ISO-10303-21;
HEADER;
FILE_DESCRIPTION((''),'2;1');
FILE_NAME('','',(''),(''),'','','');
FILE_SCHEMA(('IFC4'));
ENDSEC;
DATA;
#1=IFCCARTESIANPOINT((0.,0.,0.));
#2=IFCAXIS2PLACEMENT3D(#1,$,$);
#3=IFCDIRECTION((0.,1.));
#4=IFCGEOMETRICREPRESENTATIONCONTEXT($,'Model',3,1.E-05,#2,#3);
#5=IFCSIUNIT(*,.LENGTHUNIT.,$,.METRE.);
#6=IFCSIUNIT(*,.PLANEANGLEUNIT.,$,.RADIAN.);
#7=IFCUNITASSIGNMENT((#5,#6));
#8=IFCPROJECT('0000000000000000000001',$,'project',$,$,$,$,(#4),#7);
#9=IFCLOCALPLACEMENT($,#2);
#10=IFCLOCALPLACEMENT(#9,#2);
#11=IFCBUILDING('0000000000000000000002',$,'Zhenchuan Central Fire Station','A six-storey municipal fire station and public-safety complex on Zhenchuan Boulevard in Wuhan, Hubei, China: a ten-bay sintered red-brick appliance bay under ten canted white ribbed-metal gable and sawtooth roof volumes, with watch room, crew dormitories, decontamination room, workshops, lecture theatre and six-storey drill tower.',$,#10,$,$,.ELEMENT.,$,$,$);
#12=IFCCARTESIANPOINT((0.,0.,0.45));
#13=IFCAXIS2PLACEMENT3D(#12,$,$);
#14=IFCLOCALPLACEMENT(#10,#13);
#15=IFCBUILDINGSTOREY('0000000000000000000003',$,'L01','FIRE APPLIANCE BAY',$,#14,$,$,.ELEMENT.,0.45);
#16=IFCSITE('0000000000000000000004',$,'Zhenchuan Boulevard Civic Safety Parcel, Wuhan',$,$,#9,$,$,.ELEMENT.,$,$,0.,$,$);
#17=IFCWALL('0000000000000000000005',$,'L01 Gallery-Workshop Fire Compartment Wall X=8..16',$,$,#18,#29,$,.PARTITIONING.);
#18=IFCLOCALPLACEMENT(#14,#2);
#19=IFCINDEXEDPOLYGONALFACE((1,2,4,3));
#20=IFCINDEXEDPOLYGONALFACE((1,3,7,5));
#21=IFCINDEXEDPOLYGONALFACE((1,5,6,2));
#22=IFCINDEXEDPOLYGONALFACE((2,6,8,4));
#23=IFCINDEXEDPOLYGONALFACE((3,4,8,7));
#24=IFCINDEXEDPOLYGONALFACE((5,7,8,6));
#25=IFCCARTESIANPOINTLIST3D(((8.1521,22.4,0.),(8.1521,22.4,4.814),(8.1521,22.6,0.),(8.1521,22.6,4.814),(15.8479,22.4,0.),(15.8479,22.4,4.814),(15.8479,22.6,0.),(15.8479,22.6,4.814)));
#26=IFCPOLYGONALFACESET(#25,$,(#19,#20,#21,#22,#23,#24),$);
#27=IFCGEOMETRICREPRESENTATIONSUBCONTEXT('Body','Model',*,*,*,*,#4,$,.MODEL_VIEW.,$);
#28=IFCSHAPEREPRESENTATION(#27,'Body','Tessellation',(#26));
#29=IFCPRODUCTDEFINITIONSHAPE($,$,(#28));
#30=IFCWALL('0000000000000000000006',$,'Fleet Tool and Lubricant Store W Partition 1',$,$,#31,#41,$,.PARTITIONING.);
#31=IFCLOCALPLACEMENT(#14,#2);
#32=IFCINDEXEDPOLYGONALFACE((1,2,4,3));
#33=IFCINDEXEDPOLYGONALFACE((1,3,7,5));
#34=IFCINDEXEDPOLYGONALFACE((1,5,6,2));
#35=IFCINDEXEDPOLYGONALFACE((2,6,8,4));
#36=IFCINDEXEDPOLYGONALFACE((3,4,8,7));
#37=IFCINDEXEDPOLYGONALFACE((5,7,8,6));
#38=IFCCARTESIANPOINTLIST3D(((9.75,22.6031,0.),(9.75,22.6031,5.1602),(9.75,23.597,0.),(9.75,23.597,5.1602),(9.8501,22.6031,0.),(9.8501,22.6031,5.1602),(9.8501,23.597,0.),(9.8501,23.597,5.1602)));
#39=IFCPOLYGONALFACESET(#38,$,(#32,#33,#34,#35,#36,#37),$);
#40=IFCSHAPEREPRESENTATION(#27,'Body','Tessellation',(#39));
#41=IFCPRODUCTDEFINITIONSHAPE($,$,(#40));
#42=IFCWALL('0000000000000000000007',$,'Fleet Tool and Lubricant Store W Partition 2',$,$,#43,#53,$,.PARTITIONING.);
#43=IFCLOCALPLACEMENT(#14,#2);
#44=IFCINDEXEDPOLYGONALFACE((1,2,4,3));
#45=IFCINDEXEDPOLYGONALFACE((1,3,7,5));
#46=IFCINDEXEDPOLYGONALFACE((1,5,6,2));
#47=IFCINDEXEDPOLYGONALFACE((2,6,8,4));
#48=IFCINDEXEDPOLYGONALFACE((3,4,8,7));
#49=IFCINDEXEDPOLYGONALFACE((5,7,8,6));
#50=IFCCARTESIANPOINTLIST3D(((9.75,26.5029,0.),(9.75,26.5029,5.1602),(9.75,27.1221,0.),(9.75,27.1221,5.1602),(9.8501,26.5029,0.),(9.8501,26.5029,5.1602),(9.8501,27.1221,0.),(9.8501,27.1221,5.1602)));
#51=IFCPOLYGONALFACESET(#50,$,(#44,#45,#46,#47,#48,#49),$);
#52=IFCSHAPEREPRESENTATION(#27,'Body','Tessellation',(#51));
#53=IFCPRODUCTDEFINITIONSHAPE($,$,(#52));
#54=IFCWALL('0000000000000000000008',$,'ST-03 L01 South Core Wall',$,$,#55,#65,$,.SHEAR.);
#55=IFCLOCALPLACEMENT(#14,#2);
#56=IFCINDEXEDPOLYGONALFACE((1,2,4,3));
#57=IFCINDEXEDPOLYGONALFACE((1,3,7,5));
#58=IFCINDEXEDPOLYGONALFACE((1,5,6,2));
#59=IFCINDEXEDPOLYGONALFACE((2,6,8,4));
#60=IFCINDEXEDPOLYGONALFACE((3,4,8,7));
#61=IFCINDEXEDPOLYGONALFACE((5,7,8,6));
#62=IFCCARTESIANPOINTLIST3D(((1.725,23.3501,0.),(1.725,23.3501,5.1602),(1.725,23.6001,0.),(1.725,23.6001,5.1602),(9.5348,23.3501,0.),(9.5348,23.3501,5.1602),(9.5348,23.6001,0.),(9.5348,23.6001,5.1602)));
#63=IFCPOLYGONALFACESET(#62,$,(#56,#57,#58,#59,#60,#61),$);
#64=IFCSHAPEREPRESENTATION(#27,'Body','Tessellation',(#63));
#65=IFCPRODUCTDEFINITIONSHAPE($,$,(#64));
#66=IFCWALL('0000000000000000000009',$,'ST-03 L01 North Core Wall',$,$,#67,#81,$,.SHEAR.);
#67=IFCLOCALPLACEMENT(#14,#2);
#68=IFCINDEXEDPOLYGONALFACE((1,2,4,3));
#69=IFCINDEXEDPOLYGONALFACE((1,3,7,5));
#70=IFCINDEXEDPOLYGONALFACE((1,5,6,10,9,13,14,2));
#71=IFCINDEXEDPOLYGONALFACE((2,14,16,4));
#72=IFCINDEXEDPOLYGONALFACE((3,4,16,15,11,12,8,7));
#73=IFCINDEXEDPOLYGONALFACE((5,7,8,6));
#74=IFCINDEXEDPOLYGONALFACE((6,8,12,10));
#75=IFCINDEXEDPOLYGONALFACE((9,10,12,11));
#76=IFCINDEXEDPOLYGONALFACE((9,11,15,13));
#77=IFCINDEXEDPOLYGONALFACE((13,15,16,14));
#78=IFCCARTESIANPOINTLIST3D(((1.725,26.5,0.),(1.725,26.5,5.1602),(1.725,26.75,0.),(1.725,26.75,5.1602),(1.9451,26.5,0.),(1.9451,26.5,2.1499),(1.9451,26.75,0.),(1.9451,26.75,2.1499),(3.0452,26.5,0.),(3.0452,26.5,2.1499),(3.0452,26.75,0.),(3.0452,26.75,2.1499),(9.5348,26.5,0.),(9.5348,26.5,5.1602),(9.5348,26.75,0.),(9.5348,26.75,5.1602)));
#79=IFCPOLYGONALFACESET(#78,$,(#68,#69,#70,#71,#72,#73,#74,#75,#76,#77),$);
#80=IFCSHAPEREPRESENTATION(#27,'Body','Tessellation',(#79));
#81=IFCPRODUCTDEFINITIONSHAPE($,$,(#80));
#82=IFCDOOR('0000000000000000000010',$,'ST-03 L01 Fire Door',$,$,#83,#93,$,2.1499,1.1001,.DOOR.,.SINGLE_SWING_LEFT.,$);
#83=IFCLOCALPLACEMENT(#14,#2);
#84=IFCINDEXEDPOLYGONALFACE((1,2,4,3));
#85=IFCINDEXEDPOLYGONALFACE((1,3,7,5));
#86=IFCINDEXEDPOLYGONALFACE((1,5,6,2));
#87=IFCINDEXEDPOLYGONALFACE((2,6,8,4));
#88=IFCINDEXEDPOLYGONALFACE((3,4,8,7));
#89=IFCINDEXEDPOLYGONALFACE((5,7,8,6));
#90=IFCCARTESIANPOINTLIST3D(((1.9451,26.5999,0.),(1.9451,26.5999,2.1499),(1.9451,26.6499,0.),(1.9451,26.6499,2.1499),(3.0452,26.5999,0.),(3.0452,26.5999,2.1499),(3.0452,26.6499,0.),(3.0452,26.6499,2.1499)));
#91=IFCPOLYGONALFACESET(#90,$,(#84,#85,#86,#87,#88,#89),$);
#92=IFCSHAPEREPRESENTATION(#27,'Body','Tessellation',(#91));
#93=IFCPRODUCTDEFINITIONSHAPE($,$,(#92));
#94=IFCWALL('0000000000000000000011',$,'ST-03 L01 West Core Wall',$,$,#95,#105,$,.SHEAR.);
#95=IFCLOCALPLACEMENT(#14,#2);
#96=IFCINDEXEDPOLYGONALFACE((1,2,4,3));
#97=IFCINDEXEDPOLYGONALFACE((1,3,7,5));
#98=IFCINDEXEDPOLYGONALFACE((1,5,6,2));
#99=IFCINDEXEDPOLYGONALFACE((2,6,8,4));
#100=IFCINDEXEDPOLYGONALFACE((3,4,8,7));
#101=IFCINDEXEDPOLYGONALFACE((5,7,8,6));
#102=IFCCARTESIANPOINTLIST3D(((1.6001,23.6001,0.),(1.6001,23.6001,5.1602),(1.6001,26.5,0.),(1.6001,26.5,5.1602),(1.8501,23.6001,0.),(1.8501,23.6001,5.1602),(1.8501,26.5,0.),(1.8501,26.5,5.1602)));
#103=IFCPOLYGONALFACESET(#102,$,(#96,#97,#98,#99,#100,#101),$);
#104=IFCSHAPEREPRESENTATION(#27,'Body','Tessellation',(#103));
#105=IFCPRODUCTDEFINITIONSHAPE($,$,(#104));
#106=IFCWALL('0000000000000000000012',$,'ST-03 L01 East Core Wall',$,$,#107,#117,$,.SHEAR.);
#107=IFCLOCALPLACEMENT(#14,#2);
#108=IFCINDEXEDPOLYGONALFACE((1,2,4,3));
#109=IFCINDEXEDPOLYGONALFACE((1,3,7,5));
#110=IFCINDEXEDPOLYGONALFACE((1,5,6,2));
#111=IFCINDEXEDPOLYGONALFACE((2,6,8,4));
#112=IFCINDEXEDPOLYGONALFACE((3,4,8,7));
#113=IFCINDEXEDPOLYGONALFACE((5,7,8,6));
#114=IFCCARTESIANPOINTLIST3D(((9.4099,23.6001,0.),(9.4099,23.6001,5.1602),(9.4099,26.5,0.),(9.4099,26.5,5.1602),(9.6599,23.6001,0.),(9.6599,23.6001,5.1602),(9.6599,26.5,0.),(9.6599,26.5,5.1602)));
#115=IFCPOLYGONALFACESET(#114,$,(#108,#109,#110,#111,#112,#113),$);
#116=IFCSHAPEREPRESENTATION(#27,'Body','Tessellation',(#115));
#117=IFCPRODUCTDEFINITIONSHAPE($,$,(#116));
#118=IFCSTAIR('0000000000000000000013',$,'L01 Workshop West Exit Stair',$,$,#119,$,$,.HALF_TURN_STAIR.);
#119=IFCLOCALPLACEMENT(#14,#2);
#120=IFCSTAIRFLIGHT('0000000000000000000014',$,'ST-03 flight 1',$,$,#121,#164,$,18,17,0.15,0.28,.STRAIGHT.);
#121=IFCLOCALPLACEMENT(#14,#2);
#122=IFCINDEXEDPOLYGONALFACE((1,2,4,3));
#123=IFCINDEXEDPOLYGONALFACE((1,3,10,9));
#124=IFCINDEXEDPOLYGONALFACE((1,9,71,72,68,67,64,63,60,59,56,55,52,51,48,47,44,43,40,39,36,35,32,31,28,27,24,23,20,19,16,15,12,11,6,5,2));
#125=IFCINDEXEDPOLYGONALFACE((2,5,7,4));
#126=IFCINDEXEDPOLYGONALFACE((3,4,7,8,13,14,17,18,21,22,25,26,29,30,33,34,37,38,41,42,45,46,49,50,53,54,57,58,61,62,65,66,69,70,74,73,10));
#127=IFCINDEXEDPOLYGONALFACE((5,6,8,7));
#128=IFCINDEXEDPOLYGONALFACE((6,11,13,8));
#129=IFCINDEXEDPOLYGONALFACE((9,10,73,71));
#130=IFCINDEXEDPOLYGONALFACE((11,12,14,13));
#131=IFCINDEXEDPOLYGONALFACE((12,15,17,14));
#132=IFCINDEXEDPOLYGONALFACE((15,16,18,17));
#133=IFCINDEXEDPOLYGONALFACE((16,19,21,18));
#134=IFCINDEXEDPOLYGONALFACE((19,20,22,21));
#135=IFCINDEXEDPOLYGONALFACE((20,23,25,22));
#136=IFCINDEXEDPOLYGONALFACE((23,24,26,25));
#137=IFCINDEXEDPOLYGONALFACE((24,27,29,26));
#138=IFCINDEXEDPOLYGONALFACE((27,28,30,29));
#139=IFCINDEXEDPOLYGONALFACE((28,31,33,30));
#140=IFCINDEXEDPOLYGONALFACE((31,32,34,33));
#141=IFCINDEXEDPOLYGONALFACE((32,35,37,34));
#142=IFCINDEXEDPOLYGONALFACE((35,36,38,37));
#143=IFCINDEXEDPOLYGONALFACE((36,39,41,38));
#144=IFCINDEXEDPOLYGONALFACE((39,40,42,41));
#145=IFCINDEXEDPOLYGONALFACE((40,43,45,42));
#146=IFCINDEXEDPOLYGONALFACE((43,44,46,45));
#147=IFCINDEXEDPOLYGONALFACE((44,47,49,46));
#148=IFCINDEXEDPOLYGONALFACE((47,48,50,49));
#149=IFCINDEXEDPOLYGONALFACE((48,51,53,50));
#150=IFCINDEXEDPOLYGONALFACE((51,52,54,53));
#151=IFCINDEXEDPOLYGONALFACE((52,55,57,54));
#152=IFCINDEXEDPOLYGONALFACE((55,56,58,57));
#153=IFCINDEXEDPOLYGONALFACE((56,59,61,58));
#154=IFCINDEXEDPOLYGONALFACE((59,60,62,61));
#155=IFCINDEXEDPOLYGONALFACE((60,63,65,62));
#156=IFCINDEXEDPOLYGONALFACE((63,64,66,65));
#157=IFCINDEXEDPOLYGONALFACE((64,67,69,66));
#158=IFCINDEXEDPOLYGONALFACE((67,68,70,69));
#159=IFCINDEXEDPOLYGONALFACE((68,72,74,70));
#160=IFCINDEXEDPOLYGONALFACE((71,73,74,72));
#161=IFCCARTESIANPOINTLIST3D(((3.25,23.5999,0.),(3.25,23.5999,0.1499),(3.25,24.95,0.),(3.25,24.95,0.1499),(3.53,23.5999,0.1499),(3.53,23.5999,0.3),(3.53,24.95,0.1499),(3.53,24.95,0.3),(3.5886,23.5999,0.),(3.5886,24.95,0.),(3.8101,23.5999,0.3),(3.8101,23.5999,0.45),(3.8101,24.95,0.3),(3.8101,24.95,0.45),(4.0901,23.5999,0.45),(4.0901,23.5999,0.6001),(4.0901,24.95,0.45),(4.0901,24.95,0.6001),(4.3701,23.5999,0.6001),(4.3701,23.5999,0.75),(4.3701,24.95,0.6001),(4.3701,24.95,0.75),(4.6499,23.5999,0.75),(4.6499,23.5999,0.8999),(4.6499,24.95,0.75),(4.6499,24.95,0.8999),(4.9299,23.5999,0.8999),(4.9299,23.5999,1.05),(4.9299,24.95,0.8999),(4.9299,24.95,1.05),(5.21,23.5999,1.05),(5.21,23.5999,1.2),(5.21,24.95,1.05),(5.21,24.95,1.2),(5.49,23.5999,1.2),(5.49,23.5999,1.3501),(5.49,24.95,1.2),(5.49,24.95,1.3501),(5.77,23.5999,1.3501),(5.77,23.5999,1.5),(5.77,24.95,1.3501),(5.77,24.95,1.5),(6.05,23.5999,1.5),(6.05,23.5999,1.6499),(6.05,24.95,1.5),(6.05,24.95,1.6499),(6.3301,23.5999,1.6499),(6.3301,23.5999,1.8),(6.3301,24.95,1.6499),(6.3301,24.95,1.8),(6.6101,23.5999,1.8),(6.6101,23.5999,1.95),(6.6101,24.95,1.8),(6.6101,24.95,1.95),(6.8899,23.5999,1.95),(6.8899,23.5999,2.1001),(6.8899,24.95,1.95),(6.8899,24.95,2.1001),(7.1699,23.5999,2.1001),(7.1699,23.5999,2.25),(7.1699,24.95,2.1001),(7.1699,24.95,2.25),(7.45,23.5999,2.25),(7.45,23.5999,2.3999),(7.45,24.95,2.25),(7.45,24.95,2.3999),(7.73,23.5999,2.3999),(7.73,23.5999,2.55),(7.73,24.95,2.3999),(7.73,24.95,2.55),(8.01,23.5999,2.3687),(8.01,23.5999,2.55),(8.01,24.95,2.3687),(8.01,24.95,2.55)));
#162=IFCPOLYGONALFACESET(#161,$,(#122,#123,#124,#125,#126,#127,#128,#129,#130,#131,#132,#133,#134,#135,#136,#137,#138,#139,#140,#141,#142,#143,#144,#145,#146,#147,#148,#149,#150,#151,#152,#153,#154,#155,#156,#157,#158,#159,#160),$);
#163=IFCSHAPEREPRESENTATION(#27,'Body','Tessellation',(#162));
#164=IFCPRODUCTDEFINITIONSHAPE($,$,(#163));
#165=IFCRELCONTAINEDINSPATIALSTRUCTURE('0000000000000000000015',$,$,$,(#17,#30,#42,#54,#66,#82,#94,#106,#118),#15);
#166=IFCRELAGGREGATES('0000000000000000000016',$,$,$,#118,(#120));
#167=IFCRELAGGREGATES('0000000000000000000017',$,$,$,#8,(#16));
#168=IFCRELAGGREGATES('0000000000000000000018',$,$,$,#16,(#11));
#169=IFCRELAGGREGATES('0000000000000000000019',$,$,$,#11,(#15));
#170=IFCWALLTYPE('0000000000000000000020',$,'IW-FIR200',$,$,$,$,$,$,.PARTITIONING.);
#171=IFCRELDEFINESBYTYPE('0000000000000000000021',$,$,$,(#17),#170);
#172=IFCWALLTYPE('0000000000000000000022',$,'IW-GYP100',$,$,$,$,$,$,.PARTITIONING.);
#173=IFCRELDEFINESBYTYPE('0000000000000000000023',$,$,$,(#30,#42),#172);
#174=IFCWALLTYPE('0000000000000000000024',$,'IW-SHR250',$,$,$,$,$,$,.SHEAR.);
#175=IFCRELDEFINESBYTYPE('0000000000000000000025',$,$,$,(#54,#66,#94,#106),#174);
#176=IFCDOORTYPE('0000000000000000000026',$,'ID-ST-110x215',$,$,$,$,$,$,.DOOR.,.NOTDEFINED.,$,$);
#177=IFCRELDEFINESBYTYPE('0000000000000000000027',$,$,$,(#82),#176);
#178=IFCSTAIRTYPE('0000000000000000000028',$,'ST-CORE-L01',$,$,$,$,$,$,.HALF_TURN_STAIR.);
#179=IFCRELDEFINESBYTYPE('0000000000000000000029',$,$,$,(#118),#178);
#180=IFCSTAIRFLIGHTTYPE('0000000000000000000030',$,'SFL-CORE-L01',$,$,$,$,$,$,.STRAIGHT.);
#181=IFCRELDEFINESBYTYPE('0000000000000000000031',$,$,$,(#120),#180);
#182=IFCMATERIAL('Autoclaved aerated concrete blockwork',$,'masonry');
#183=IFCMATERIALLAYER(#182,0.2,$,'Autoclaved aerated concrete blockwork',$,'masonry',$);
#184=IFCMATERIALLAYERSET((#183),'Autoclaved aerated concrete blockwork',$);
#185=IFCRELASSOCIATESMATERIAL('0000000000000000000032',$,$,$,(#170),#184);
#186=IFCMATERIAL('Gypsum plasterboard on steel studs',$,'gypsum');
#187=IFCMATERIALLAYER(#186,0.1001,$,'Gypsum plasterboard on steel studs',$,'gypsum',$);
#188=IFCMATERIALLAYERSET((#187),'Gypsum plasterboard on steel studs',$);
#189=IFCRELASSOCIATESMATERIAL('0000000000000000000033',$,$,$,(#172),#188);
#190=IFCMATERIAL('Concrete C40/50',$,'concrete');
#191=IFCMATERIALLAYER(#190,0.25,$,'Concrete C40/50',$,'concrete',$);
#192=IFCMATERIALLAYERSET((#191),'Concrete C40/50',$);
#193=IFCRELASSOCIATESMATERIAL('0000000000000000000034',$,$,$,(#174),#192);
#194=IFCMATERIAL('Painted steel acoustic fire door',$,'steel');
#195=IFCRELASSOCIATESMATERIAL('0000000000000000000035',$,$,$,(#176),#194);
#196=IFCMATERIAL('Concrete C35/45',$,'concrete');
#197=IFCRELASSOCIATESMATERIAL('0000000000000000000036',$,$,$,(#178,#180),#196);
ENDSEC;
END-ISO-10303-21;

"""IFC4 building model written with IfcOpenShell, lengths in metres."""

from ifc_helpers import new_model, si_unit, direction, frame, frame_2d, origin, place, context, subcontext, project, spatial, polyline, rectangle, outline, extrude, material, layer, layer_set, type_object, element, fill, aggregate, save


model = new_model("IFC4")

# Units and contexts
model_context = context("Model", 3, precision=1e-05, world=origin(), true_north=direction((0.0, 1.0)))
body_context = subcontext(model_context, "Body", "Model", "MODEL_VIEW")
ifc_project = project(units=[si_unit("LENGTHUNIT", "METRE"), si_unit("PLANEANGLEUNIT", "RADIAN")], contexts=[model_context])

# Site, building, storey
site_placement = place(None, origin())
site = spatial("IfcSite", under=ifc_project, at=site_placement, Name="Zhenchuan Boulevard Civic Safety Parcel, Wuhan", CompositionType="ELEMENT", RefElevation=0.0)
building_placement = place(site_placement, origin())
building = spatial("IfcBuilding", under=site, at=building_placement, Name="Zhenchuan Central Fire Station", Description="A six-storey municipal fire station and public-safety complex on Zhenchuan Boulevard in Wuhan, Hubei, China: a ten-bay sintered red-brick appliance bay under ten canted white ribbed-metal gable and sawtooth roof volumes, with watch room, crew dormitories, decontamination room, workshops, lecture theatre and six-storey drill tower.", CompositionType="ELEMENT")
storey_placement = place(building_placement, frame((0.0, 0.0, 0.45)))
storey = spatial("IfcBuildingStorey", under=building, at=storey_placement, Name="L01", Description="FIRE APPLIANCE BAY", CompositionType="ELEMENT", Elevation=0.45)

# Shared definitions
ifc_material_1 = material(Name="Concrete C40/50", Category="concrete")

# Shared definitions
ifc_material_2 = material(Name="Concrete C35/45", Category="concrete")

# Walls
ifc_material_3 = material(Name="Autoclaved aerated concrete blockwork", Category="masonry")
ifc_layer_1 = layer(ifc_material_3, 0.2, Name="Autoclaved aerated concrete blockwork", Category="masonry")
ifc_layer_set_1 = layer_set([ifc_layer_1], Name="Autoclaved aerated concrete blockwork")
wall_type_1 = type_object("IfcWallType", Name="IW-FIR200", PredefinedType="PARTITIONING", material=ifc_layer_set_1)
wall_1_placement = place(storey_placement, frame((8.1521, 22.5, 0.0), z_axis=(0.0, 0.0, 1.0), x_axis=(1.0, 0.0, 0.0)))
element("IfcWall", 1, at=wall_1_placement, inside=storey, type_object=wall_type_1, Name="L01 Gallery-Workshop Fire Compartment Wall X=8..16", PredefinedType="PARTITIONING", context=body_context, shape_type="SweptSolid", body=[
    extrude(rectangle(XDim=7.6958, YDim=0.2, at=frame_2d((3.8479, 0.0))), origin(), (0.0, 0.0, 1.0), 4.814),
])
ifc_material_4 = material(Name="Gypsum plasterboard on steel studs", Category="gypsum")
ifc_layer_2 = layer(ifc_material_4, 0.1001, Name="Gypsum plasterboard on steel studs", Category="gypsum")
ifc_layer_set_2 = layer_set([ifc_layer_2], Name="Gypsum plasterboard on steel studs")
wall_type_2 = type_object("IfcWallType", Name="IW-GYP100", PredefinedType="PARTITIONING", material=ifc_layer_set_2)
wall_2_placement = place(storey_placement, frame((9.8, 22.603, 0.0), z_axis=(0.0, 0.0, 1.0), x_axis=(0.0, 1.0, 0.0)))
element("IfcWall", 2, at=wall_2_placement, inside=storey, type_object=wall_type_2, Name="Fleet Tool and Lubricant Store W Partition 1", PredefinedType="PARTITIONING", context=body_context, shape_type="SweptSolid", body=[
    extrude(rectangle(XDim=0.9939, YDim=0.1001, at=frame_2d((0.4971, 0.0))), origin(), (0.0, 0.0, 1.0), 5.1602),
])
wall_3_placement = place(storey_placement, frame((9.8, 26.5029, 0.0), z_axis=(0.0, 0.0, 1.0), x_axis=(0.0, 1.0, 0.0)))
element("IfcWall", 3, at=wall_3_placement, inside=storey, type_object=wall_type_2, Name="Fleet Tool and Lubricant Store W Partition 2", PredefinedType="PARTITIONING", context=body_context, shape_type="SweptSolid", body=[
    extrude(rectangle(XDim=0.6191, YDim=0.1001, at=frame_2d((0.3096, 0.0))), origin(), (0.0, 0.0, 1.0), 5.1602),
])
ifc_layer_3 = layer(ifc_material_1, 0.25, Name="Concrete C40/50", Category="concrete")
ifc_layer_set_3 = layer_set([ifc_layer_3], Name="Concrete C40/50")
wall_type_3 = type_object("IfcWallType", Name="IW-SHR250", PredefinedType="SHEAR", material=ifc_layer_set_3)
wall_4_placement = place(storey_placement, frame((1.7251, 23.4751, 0.0), z_axis=(0.0, 0.0, 1.0), x_axis=(1.0, 0.0, 0.0)))
element("IfcWall", 4, at=wall_4_placement, inside=storey, type_object=wall_type_3, Name="ST-03 L01 South Core Wall", PredefinedType="SHEAR", context=body_context, shape_type="SweptSolid", body=[
    extrude(rectangle(XDim=7.8098, YDim=0.25, at=frame_2d((3.9048, 0.0))), origin(), (0.0, 0.0, 1.0), 5.1602),
])

# Wall, opening, door
wall_5_placement = place(storey_placement, frame((1.7251, 26.625, 0.0), z_axis=(0.0, 0.0, 1.0), x_axis=(1.0, 0.0, 0.0)))
wall_5 = element("IfcWall", 5, at=wall_5_placement, inside=storey, type_object=wall_type_3, Name="ST-03 L01 North Core Wall", PredefinedType="SHEAR", context=body_context, shape_type="SweptSolid", body=[
    extrude(rectangle(XDim=7.8098, YDim=0.25, at=frame_2d((3.9048, 0.0))), origin(), (0.0, 0.0, 1.0), 5.1602),
])
opening_1_placement = place(wall_5_placement, frame((0.22, 0.0, 0.0)))
opening_1 = element("IfcOpeningElement", 6, at=opening_1_placement, cuts=wall_5, PredefinedType="OPENING", context=body_context, shape_type="SweptSolid", body=[
    extrude(rectangle(XDim=1.1001, YDim=2.1499, at=frame_2d((0.55, 1.075))), frame((0.0, 0.135, 0.0), z_axis=(0.0, -1.0, 0.0), x_axis=(1.0, 0.0, 0.0)), (0.0, 0.0, 1.0), 0.27),
])
ifc_material_5 = material(Name="Painted steel acoustic fire door", Category="steel")
door_type_1 = type_object("IfcDoorType", Name="ID-ST-110x215", OperationType="NOTDEFINED", PredefinedType="DOOR", material=ifc_material_5)
door_1_placement = place(opening_1_placement, origin())
door_1 = element("IfcDoor", 7, at=door_1_placement, inside=storey, type_object=door_type_1, Name="ST-03 L01 Fire Door", OperationType="SINGLE_SWING_LEFT", OverallHeight=2.1499, OverallWidth=1.1001, PredefinedType="DOOR", context=body_context, shape_type="SweptSolid", body=[
    extrude(rectangle(XDim=1.1001, YDim=2.1499, at=frame_2d((0.55, 1.075))), frame((0.0, 0.0249, 0.0), z_axis=(0.0, -1.0, 0.0), x_axis=(1.0, 0.0, 0.0)), (0.0, 0.0, 1.0), 0.05),
])
fill(opening_1, door_1)

# Walls
for number, where, z_axis, x_axis, name in (
    (8, (1.7251, 23.6001, 0.0), (0.0, 0.0, 1.0), (0.0, 1.0, 0.0), "ST-03 L01 West Core Wall"),
    (9, (9.5349, 23.6001, 0.0), (0.0, 0.0, 1.0), (0.0, 1.0, 0.0), "ST-03 L01 East Core Wall"),
):
    element("IfcWall", number, at=place(storey_placement, frame(where, z_axis=z_axis, x_axis=x_axis)), inside=storey, type_object=wall_type_3, Name=name, PredefinedType="SHEAR", context=body_context, shape_type="SweptSolid", body=[
        extrude(rectangle(XDim=2.8999, YDim=0.25, at=frame_2d((1.45, 0.0))), origin(), (0.0, 0.0, 1.0), 5.1602),
    ])

# Stair, stair flight
stair_type = type_object("IfcStairType", Name="ST-CORE-L01", PredefinedType="HALF_TURN_STAIR", material=ifc_material_2)
stair_placement = place(storey_placement, origin())
stair = element("IfcStair", 10, at=stair_placement, inside=storey, type_object=stair_type, Name="L01 Workshop West Exit Stair", PredefinedType="HALF_TURN_STAIR")
stair_flight_type = type_object("IfcStairFlightType", Name="SFL-CORE-L01", PredefinedType="STRAIGHT", material=ifc_material_2)
stair_flight_1_placement = place(storey_placement, frame((3.25, 24.2749, 0.0), z_axis=(0.0, 0.0, 1.0), x_axis=(1.0, 0.0, 0.0)))
stair_flight_1 = element("IfcStairFlight", 11, at=stair_flight_1_placement, type_object=stair_flight_type, Name="ST-03 flight 1", NumberOfRisers=18, NumberOfTreads=17, PredefinedType="STRAIGHT", RiserHeight=0.15, TreadLength=0.28, context=body_context, shape_type="SweptSolid", body=[
    extrude(outline(polyline([(0.0, 0.0), (0.0, 0.1499), (0.28, 0.1499), (0.28, 0.3), (0.5601, 0.3), (0.5601, 0.45), (0.8401, 0.45), (0.8401, 0.6001), (1.1201, 0.6001), (1.1201, 0.75), (1.3999, 0.75), (1.3999, 0.8999), (1.6799, 0.8999), (1.6799, 1.05), (1.96, 1.05), (1.96, 1.2), (2.24, 1.2), (2.24, 1.3501), (2.52, 1.3501), (2.52, 1.5), (2.8, 1.5), (2.8, 1.6499), (3.0801, 1.6499), (3.0801, 1.8), (3.3601, 1.8), (3.3601, 1.95), (3.6399, 1.95), (3.6399, 2.1001), (3.9199, 2.1001), (3.9199, 2.25), (4.2, 2.25), (4.2, 2.3999), (4.48, 2.3999), (4.48, 2.55), (4.76, 2.55), (4.76, 2.7), (4.76, 2.3687), (0.3386, 0.0), (0.0, 0.0)])), frame((0.0, 0.675, 0.0), z_axis=(0.0, -1.0, 0.0), x_axis=(1.0, 0.0, 0.0)), (0.0, 0.0, 1.0), 1.3501),
])
aggregate(stair, [stair_flight_1])

save(model, "model.ifc")
